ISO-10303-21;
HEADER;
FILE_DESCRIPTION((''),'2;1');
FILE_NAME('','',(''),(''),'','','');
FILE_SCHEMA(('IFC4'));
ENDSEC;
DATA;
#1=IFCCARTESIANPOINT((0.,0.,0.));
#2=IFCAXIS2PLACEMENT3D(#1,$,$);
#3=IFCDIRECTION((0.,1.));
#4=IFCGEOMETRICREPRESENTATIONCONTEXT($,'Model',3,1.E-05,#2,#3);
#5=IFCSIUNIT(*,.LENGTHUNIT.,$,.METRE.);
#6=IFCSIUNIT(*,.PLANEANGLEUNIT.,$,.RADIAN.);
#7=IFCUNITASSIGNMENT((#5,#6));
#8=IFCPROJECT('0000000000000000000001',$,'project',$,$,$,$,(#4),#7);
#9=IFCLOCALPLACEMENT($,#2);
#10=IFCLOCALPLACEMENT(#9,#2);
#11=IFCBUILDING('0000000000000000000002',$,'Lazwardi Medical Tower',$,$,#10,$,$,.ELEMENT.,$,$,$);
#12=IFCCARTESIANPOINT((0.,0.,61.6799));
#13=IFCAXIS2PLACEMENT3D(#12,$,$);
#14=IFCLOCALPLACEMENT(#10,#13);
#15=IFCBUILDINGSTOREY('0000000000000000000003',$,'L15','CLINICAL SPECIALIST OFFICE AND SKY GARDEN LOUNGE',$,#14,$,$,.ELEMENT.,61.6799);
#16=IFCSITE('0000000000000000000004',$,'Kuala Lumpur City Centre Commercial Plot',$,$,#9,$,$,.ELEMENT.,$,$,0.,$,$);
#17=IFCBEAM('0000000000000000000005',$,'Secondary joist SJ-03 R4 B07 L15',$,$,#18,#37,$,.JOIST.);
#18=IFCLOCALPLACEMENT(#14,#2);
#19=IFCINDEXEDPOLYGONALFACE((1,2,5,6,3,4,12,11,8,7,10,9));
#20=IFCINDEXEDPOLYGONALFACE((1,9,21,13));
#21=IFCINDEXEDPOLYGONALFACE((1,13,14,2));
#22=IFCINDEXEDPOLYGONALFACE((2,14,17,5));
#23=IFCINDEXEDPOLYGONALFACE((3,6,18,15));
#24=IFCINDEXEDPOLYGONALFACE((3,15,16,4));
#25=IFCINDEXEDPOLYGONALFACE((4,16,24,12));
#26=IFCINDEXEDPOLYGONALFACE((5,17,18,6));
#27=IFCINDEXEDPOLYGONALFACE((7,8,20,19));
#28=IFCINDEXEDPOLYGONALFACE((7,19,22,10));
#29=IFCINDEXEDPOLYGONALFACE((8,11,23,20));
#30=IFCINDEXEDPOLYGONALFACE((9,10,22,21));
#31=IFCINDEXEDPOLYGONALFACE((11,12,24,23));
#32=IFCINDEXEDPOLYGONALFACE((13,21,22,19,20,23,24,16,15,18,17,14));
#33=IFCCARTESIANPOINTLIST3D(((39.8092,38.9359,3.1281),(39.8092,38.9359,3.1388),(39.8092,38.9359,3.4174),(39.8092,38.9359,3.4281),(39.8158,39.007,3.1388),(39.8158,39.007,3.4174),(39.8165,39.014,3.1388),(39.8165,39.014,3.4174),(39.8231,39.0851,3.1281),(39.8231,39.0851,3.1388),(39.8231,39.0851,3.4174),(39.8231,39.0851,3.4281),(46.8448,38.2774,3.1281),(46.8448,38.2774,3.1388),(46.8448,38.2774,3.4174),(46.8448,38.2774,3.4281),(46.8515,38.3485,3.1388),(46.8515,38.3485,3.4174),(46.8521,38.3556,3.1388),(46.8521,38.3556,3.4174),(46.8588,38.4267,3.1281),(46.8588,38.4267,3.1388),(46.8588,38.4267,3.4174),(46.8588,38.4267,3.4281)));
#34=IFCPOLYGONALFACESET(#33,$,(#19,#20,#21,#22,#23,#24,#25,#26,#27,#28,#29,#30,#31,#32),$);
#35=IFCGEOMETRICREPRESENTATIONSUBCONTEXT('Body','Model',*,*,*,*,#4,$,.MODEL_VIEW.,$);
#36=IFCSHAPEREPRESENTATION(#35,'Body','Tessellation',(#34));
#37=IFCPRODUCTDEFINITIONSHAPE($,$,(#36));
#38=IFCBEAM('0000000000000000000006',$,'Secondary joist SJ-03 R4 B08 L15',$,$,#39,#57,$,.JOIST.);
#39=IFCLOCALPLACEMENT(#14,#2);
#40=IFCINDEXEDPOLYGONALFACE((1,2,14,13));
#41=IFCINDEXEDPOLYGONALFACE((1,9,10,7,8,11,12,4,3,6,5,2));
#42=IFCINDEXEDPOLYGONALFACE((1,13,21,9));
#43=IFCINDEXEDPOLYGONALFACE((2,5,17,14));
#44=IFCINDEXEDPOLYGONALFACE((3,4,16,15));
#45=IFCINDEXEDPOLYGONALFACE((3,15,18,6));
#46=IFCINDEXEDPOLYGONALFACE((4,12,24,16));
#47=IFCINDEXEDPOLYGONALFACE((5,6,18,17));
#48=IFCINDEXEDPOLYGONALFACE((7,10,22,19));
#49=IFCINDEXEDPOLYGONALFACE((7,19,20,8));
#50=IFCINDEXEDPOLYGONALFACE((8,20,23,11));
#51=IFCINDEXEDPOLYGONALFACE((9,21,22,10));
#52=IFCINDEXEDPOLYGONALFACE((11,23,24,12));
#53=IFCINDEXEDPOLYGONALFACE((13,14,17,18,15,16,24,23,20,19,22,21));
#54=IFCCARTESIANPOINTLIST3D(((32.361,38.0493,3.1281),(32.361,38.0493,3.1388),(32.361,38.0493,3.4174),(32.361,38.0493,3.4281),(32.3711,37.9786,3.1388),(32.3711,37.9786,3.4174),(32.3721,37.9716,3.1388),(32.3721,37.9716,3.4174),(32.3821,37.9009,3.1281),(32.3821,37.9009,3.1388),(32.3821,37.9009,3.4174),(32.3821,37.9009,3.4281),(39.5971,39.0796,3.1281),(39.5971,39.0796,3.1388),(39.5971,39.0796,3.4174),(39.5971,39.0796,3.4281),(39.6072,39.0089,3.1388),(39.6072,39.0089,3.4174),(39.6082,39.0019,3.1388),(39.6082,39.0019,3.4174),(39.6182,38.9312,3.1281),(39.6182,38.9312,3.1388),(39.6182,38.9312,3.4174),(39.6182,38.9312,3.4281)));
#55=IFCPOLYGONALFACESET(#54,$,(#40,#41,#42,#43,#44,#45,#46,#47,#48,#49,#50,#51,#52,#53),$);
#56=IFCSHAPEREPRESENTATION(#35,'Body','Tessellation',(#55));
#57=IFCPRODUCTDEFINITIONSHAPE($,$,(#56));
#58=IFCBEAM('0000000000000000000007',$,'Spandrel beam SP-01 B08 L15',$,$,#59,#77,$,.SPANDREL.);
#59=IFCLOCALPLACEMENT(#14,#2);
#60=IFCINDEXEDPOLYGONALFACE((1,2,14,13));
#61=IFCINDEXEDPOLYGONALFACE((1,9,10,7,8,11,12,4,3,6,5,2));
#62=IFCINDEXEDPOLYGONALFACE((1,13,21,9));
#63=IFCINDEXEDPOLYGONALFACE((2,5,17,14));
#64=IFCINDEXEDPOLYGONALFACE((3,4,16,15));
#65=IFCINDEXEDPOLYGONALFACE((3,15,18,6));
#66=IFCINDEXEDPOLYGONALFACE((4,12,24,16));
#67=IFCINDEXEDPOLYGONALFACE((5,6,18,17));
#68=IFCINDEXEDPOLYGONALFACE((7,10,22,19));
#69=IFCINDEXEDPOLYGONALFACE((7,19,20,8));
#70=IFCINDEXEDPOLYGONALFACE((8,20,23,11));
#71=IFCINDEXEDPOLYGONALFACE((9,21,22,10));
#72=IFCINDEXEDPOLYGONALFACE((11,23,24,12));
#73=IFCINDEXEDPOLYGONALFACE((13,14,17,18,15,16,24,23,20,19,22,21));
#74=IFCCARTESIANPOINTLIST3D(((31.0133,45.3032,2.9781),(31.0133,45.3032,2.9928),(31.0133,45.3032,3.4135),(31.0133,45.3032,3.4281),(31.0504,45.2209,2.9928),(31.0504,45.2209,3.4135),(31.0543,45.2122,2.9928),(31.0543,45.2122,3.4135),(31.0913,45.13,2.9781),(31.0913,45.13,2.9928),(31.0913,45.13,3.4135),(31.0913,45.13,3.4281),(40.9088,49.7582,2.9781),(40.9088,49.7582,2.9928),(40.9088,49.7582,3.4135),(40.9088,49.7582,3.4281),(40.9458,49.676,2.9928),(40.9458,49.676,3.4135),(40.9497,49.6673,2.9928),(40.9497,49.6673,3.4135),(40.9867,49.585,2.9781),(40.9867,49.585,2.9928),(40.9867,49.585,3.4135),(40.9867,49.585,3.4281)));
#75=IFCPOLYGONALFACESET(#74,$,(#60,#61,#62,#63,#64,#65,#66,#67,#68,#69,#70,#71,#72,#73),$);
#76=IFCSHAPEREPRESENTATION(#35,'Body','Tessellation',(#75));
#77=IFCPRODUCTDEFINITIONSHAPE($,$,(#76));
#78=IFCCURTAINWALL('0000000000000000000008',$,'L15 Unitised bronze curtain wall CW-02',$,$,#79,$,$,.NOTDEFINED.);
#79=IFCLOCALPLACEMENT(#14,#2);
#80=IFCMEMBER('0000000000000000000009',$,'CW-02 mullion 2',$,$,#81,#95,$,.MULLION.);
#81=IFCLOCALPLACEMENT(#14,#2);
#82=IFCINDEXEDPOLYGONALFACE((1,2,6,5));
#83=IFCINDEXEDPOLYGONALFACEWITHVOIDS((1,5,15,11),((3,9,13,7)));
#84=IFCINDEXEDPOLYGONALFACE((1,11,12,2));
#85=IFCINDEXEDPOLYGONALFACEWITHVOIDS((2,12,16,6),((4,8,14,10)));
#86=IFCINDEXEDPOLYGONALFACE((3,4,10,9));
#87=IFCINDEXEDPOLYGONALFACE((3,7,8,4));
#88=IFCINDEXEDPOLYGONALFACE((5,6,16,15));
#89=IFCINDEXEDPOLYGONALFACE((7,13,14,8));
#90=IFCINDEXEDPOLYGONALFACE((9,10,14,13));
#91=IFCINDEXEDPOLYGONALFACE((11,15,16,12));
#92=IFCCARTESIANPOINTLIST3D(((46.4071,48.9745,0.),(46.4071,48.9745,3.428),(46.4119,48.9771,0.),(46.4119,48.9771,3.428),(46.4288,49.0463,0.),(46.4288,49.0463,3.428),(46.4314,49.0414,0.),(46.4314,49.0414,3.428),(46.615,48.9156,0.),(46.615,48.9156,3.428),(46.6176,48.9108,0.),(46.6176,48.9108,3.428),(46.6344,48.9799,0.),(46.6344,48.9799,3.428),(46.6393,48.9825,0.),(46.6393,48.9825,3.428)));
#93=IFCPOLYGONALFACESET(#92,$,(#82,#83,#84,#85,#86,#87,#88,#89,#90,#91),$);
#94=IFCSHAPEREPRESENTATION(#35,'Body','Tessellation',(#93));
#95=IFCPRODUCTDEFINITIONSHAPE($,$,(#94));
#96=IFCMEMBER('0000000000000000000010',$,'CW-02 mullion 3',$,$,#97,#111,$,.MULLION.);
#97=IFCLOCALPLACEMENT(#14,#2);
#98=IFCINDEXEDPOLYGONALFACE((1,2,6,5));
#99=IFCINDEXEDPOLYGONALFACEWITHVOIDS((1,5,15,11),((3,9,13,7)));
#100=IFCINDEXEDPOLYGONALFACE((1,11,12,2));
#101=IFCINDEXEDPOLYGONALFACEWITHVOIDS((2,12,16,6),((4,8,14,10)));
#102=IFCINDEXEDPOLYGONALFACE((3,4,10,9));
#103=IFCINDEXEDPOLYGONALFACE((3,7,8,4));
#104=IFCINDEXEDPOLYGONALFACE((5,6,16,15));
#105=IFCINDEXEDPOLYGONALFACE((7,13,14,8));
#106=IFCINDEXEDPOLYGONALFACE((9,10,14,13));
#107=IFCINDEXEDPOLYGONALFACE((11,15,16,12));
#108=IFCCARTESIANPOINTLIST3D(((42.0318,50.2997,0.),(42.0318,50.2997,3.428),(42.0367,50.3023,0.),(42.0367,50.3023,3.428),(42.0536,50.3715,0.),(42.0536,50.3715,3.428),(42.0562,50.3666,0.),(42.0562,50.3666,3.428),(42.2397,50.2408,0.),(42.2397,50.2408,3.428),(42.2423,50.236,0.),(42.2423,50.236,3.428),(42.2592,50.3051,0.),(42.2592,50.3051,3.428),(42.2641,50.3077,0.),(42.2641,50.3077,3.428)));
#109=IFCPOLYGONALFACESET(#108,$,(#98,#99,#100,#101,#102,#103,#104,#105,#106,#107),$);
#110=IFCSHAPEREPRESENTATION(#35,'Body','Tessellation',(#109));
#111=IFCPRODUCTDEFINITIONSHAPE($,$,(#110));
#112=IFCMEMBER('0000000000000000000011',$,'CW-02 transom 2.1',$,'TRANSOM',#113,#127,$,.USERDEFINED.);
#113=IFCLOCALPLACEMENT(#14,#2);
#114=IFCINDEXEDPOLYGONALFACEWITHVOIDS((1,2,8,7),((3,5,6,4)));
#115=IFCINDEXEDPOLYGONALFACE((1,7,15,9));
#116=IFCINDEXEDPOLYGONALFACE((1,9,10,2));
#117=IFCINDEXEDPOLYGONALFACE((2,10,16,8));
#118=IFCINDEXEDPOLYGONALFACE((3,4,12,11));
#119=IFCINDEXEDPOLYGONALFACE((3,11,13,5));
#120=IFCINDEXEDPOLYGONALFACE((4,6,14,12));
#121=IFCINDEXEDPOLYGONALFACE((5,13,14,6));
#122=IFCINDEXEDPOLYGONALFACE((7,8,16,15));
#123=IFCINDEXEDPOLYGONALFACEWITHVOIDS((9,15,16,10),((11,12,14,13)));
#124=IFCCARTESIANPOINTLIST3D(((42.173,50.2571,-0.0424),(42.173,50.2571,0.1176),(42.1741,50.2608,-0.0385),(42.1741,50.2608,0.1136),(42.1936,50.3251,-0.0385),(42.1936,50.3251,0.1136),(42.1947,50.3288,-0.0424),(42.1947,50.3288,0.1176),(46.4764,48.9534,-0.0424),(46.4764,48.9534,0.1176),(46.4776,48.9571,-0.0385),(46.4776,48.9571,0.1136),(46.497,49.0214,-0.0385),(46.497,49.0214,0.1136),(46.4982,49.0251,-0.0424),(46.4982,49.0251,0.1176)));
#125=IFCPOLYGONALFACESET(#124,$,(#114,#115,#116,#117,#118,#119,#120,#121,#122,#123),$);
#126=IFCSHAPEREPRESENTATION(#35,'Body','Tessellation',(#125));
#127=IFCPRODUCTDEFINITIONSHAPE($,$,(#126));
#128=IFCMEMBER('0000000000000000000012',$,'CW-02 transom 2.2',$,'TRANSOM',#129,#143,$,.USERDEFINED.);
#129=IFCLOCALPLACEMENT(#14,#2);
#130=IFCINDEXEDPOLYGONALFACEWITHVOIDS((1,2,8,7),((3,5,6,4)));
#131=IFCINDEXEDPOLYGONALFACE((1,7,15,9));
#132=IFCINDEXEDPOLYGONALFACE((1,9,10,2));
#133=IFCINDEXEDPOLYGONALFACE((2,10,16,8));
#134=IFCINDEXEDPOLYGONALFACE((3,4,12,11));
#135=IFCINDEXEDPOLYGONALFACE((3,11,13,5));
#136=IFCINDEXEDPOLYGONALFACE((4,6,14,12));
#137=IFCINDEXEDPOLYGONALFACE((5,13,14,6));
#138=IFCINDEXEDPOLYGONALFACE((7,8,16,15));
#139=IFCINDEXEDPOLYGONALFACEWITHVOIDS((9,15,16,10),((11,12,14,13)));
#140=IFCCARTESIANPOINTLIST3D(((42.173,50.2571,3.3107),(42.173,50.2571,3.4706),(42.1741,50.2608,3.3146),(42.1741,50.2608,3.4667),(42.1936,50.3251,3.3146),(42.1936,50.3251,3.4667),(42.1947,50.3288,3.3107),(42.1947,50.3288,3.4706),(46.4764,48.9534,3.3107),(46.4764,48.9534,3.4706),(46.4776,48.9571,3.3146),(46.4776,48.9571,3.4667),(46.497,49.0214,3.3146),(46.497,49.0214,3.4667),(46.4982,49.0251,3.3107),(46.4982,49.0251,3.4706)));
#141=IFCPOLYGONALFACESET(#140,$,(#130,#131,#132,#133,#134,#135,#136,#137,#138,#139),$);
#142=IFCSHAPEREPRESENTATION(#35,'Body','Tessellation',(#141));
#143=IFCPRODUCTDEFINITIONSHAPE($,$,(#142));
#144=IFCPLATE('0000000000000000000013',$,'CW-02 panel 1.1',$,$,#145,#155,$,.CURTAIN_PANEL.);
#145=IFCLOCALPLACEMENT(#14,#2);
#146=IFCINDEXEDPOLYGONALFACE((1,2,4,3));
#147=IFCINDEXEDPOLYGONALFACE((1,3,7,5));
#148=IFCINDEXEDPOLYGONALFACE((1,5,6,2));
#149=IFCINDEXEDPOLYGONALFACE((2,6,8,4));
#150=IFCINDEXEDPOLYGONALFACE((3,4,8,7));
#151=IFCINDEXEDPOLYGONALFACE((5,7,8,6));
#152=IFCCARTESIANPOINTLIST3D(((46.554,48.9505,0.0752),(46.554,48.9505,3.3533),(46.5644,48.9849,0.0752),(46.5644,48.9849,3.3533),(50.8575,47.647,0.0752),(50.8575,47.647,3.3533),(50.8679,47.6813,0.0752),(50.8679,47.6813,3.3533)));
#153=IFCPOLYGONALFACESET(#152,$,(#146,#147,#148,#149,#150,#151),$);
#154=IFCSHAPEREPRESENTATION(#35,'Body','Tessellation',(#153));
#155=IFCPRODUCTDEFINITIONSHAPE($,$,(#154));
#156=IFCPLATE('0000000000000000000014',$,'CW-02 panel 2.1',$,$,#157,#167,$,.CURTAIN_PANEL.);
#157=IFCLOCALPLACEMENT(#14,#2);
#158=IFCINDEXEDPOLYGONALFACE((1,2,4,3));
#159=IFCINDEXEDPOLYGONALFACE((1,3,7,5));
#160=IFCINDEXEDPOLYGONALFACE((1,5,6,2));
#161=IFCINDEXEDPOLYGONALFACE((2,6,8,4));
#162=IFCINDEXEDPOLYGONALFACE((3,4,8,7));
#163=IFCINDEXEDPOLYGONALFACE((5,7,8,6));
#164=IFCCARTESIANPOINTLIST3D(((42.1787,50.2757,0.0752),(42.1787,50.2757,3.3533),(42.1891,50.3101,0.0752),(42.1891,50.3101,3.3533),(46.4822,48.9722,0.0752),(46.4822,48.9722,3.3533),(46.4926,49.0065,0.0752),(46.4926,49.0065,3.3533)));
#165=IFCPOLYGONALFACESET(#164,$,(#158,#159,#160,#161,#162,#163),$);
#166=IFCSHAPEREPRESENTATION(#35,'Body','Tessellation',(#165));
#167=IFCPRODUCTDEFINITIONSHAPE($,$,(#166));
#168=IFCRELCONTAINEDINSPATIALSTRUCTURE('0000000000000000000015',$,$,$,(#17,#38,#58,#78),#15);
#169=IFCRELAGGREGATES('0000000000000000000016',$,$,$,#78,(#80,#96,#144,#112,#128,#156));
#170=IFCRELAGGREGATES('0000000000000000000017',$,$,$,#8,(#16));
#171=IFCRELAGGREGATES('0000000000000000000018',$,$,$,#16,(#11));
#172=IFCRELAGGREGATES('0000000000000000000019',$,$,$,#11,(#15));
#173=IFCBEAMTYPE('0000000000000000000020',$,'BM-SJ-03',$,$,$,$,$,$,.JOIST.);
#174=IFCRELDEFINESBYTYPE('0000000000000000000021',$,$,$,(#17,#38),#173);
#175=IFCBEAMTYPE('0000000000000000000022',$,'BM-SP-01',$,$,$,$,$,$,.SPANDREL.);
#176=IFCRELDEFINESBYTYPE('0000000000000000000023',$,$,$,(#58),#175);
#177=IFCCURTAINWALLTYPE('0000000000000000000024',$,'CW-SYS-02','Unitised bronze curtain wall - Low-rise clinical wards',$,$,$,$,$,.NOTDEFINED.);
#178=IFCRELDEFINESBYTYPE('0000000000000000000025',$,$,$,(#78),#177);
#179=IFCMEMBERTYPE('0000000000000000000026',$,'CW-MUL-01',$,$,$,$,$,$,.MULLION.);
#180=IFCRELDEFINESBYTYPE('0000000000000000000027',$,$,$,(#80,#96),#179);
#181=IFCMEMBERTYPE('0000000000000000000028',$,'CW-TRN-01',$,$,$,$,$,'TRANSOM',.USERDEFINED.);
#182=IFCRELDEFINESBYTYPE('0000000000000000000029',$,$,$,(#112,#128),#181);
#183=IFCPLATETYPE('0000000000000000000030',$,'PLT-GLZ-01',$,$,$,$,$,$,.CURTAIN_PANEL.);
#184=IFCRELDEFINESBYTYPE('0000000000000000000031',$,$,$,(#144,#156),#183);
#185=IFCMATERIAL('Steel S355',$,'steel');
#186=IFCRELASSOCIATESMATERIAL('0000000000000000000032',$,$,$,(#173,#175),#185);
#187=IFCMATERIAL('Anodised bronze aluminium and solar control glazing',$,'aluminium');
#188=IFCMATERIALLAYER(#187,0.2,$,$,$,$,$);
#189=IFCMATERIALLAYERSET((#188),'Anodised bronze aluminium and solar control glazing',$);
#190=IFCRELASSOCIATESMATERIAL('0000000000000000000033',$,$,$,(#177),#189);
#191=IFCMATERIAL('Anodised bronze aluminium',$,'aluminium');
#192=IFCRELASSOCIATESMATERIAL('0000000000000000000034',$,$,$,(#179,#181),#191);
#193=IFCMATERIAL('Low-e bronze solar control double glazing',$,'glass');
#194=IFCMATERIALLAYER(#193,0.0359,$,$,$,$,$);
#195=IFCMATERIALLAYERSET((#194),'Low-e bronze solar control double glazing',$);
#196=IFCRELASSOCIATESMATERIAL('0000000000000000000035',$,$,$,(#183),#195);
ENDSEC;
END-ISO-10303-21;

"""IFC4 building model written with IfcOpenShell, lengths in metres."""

from ifc_helpers import new_model, si_unit, direction, frame, origin, origin_2d, place, context, subcontext, project, spatial, rectangle, hollow_rectangle, i_section, extrude, material, layer, layer_set, material_profile, profile_set, type_object, element, aggregate, save


model = new_model("IFC4")

# Units and contexts
model_context = context("Model", 3, precision=1e-05, world=origin(), true_north=direction((0.0, 1.0)))
body_context = subcontext(model_context, "Body", "Model", "MODEL_VIEW")
ifc_project = project(units=[si_unit("LENGTHUNIT", "METRE"), si_unit("PLANEANGLEUNIT", "RADIAN")], contexts=[model_context])

# Site, building, storey
site_placement = place(None, origin())
site = spatial("IfcSite", under=ifc_project, at=site_placement, Name="Kuala Lumpur City Centre Commercial Plot", CompositionType="ELEMENT", RefElevation=0.0)
building_placement = place(site_placement, origin())
building = spatial("IfcBuilding", under=site, at=building_placement, Name="Lazwardi Medical Tower", CompositionType="ELEMENT")
storey_placement = place(building_placement, frame((0.0, 0.0, 61.6799)))
storey = spatial("IfcBuildingStorey", under=building, at=storey_placement, Name="L15", Description="CLINICAL SPECIALIST OFFICE AND SKY GARDEN LOUNGE", CompositionType="ELEMENT", Elevation=61.6799)

# Beams
ifc_material_1 = material(Name="Steel S355", Category="steel")
ifc_material_profile_1 = material_profile(ifc_material_1, i_section(OverallWidth=0.1499, OverallDepth=0.3, WebThickness=0.0071, FlangeThickness=0.0107, at=origin_2d()), Name="IPE 300")
ifc_profile_set_1 = profile_set([ifc_material_profile_1], Name="Steel S355")
beam_type_1 = type_object("IfcBeamType", Name="BM-SJ-03", PredefinedType="JOIST", material=ifc_profile_set_1)
beam_1_placement = place(storey_placement, frame((46.8518, 38.3521, 3.2781), z_axis=(-0.995649, 0.09318, 0.0), x_axis=(-0.09318, -0.995649, 0.0)))
element("IfcBeam", 1, at=beam_1_placement, inside=storey, type_object=beam_type_1, Name="Secondary joist SJ-03 R4 B07 L15", PredefinedType="JOIST", context=body_context, shape_type="SweptSolid", body=[
    extrude(i_section(OverallWidth=0.1499, OverallDepth=0.3, WebThickness=0.0071, FlangeThickness=0.0107, at=origin_2d()), origin(), (0.0, 0.0, 1.0), 7.0664),
])
beam_2_placement = place(storey_placement, frame((39.6077, 39.0054, 3.2781), z_axis=(-0.990016, -0.140958, 0.0), x_axis=(0.140958, -0.990016, 0.0)))
element("IfcBeam", 2, at=beam_2_placement, inside=storey, type_object=beam_type_1, Name="Secondary joist SJ-03 R4 B08 L15", PredefinedType="JOIST", context=body_context, shape_type="SweptSolid", body=[
    extrude(i_section(OverallWidth=0.1499, OverallDepth=0.3, WebThickness=0.0071, FlangeThickness=0.0107, at=origin_2d()), origin(), (0.0, 0.0, 1.0), 7.3091),
])
ifc_material_profile_2 = material_profile(ifc_material_1, i_section(OverallWidth=0.1899, OverallDepth=0.45, WebThickness=0.0095, FlangeThickness=0.0146, at=origin_2d()), Name="IPE 450")
ifc_profile_set_2 = profile_set([ifc_material_profile_2], Name="Steel S355")
beam_type_2 = type_object("IfcBeamType", Name="BM-SP-01", PredefinedType="SPANDREL", material=ifc_profile_set_2)
beam_3_placement = place(storey_placement, frame((40.9478, 49.6716, 3.2031), z_axis=(-0.911849, -0.410526, 0.0), x_axis=(0.410526, -0.911849, 0.0)))
element("IfcBeam", 3, at=beam_3_placement, inside=storey, type_object=beam_type_2, Name="Spandrel beam SP-01 B08 L15", PredefinedType="SPANDREL", context=body_context, shape_type="SweptSolid", body=[
    extrude(i_section(OverallWidth=0.1899, OverallDepth=0.45, WebThickness=0.0095, FlangeThickness=0.0146, at=origin_2d()), origin(), (0.0, 0.0, 1.0), 10.8521),
])

# Curtain wall, members, plates
ifc_material_2 = material(Name="Anodised bronze aluminium and solar control glazing", Category="aluminium")
ifc_layer_1 = layer(ifc_material_2, 0.2)
ifc_layer_set_1 = layer_set([ifc_layer_1], Name="Anodised bronze aluminium and solar control glazing")
curtain_wall_type = type_object("IfcCurtainWallType", Name="CW-SYS-02", Description="Unitised bronze curtain wall - Low-rise clinical wards", PredefinedType="NOTDEFINED", material=ifc_layer_set_1)
curtain_wall_placement = place(storey_placement, origin())
curtain_wall = element("IfcCurtainWall", 4, at=curtain_wall_placement, inside=storey, type_object=curtain_wall_type, Name="L15 Unitised bronze curtain wall CW-02", PredefinedType="NOTDEFINED")
ifc_material_3 = material(Name="Anodised bronze aluminium", Category="aluminium")
ifc_material_profile_3 = material_profile(ifc_material_3, hollow_rectangle(XDim=0.075, YDim=0.22, WallThickness=0.0039, at=origin_2d()), Name="ALU-MULLION 220x75x4")
ifc_profile_set_3 = profile_set([ifc_material_profile_3], Name="Anodised bronze aluminium")
member_type_1 = type_object("IfcMemberType", Name="CW-MUL-01", PredefinedType="MULLION", material=ifc_profile_set_3)
member_1_placement = place(storey_placement, frame((46.5232, 48.9785, 0.0), z_axis=(0.0, 0.0, 1.0), x_axis=(-0.289896, -0.957058, 0.0)))
member_1 = element("IfcMember", 5, at=member_1_placement, type_object=member_type_1, Name="CW-02 mullion 2", PredefinedType="MULLION", context=body_context, shape_type="SweptSolid", body=[
    extrude(hollow_rectangle(XDim=0.075, YDim=0.22, WallThickness=0.0039, at=origin_2d()), origin(), (0.0, 0.0, 1.0), 3.428),
])
member_2_placement = place(storey_placement, frame((42.1479, 50.3037, 0.0), z_axis=(0.0, 0.0, 1.0), x_axis=(-0.289896, -0.957058, 0.0)))
member_2 = element("IfcMember", 6, at=member_2_placement, type_object=member_type_1, Name="CW-02 mullion 3", PredefinedType="MULLION", context=body_context, shape_type="SweptSolid", body=[
    extrude(hollow_rectangle(XDim=0.075, YDim=0.22, WallThickness=0.0039, at=origin_2d()), origin(), (0.0, 0.0, 1.0), 3.428),
])
ifc_material_profile_4 = material_profile(ifc_material_3, hollow_rectangle(XDim=0.075, YDim=0.1599, WallThickness=0.0039, at=origin_2d()), Name="ALU-TRANSOM 160x75x4")
ifc_profile_set_4 = profile_set([ifc_material_profile_4], Name="Anodised bronze aluminium")
member_type_2 = type_object("IfcMemberType", Name="CW-TRN-01", ElementType="TRANSOM", PredefinedType="USERDEFINED", material=ifc_profile_set_4)
member_3_placement = place(storey_placement, frame((46.4873, 48.9893, 0.0376), z_axis=(-0.957047, 0.289932, 0.0), x_axis=(-0.289932, -0.957047, 0.0)))
member_3 = element("IfcMember", 7, at=member_3_placement, type_object=member_type_2, Name="CW-02 transom 2.1", ObjectType="TRANSOM", PredefinedType="USERDEFINED", context=body_context, shape_type="SweptSolid", body=[
    extrude(hollow_rectangle(XDim=0.075, YDim=0.1599, WallThickness=0.0039, at=origin_2d()), origin(), (0.0, 0.0, 1.0), 4.4966),
])
member_4_placement = place(storey_placement, frame((46.4873, 48.9893, 3.3906), z_axis=(-0.957047, 0.289932, 0.0), x_axis=(-0.289932, -0.957047, 0.0)))
member_4 = element("IfcMember", 8, at=member_4_placement, type_object=member_type_2, Name="CW-02 transom 2.2", ObjectType="TRANSOM", PredefinedType="USERDEFINED", context=body_context, shape_type="SweptSolid", body=[
    extrude(hollow_rectangle(XDim=0.075, YDim=0.1599, WallThickness=0.0039, at=origin_2d()), origin(), (0.0, 0.0, 1.0), 4.4966),
])
ifc_material_4 = material(Name="Low-e bronze solar control double glazing", Category="glass")
ifc_layer_2 = layer(ifc_material_4, 0.0359)
ifc_layer_set_2 = layer_set([ifc_layer_2], Name="Low-e bronze solar control double glazing")
plate_type = type_object("IfcPlateType", Name="PLT-GLZ-01", PredefinedType="CURTAIN_PANEL", material=ifc_layer_set_2)
plate_1_placement = place(storey_placement, frame((48.7109, 48.3159, 0.0752), z_axis=(0.0, 0.0, 1.0), x_axis=(-0.957058, 0.289896, 0.0)))
plate_1 = element("IfcPlate", 9, at=plate_1_placement, type_object=plate_type, Name="CW-02 panel 1.1", PredefinedType="CURTAIN_PANEL", context=body_context, shape_type="SweptSolid", body=[
    extrude(rectangle(XDim=4.4966, YDim=0.0359, at=origin_2d()), origin(), (0.0, 0.0, 1.0), 3.2781),
])
plate_2_placement = place(storey_placement, frame((44.3357, 49.6411, 0.0752), z_axis=(0.0, 0.0, 1.0), x_axis=(-0.957058, 0.289896, 0.0)))
plate_2 = element("IfcPlate", 10, at=plate_2_placement, type_object=plate_type, Name="CW-02 panel 2.1", PredefinedType="CURTAIN_PANEL", context=body_context, shape_type="SweptSolid", body=[
    extrude(rectangle(XDim=4.4966, YDim=0.0359, at=origin_2d()), origin(), (0.0, 0.0, 1.0), 3.2781),
])
aggregate(curtain_wall, [member_1, member_2, plate_1, member_3, member_4, plate_2])

save(model, "model.ifc")
